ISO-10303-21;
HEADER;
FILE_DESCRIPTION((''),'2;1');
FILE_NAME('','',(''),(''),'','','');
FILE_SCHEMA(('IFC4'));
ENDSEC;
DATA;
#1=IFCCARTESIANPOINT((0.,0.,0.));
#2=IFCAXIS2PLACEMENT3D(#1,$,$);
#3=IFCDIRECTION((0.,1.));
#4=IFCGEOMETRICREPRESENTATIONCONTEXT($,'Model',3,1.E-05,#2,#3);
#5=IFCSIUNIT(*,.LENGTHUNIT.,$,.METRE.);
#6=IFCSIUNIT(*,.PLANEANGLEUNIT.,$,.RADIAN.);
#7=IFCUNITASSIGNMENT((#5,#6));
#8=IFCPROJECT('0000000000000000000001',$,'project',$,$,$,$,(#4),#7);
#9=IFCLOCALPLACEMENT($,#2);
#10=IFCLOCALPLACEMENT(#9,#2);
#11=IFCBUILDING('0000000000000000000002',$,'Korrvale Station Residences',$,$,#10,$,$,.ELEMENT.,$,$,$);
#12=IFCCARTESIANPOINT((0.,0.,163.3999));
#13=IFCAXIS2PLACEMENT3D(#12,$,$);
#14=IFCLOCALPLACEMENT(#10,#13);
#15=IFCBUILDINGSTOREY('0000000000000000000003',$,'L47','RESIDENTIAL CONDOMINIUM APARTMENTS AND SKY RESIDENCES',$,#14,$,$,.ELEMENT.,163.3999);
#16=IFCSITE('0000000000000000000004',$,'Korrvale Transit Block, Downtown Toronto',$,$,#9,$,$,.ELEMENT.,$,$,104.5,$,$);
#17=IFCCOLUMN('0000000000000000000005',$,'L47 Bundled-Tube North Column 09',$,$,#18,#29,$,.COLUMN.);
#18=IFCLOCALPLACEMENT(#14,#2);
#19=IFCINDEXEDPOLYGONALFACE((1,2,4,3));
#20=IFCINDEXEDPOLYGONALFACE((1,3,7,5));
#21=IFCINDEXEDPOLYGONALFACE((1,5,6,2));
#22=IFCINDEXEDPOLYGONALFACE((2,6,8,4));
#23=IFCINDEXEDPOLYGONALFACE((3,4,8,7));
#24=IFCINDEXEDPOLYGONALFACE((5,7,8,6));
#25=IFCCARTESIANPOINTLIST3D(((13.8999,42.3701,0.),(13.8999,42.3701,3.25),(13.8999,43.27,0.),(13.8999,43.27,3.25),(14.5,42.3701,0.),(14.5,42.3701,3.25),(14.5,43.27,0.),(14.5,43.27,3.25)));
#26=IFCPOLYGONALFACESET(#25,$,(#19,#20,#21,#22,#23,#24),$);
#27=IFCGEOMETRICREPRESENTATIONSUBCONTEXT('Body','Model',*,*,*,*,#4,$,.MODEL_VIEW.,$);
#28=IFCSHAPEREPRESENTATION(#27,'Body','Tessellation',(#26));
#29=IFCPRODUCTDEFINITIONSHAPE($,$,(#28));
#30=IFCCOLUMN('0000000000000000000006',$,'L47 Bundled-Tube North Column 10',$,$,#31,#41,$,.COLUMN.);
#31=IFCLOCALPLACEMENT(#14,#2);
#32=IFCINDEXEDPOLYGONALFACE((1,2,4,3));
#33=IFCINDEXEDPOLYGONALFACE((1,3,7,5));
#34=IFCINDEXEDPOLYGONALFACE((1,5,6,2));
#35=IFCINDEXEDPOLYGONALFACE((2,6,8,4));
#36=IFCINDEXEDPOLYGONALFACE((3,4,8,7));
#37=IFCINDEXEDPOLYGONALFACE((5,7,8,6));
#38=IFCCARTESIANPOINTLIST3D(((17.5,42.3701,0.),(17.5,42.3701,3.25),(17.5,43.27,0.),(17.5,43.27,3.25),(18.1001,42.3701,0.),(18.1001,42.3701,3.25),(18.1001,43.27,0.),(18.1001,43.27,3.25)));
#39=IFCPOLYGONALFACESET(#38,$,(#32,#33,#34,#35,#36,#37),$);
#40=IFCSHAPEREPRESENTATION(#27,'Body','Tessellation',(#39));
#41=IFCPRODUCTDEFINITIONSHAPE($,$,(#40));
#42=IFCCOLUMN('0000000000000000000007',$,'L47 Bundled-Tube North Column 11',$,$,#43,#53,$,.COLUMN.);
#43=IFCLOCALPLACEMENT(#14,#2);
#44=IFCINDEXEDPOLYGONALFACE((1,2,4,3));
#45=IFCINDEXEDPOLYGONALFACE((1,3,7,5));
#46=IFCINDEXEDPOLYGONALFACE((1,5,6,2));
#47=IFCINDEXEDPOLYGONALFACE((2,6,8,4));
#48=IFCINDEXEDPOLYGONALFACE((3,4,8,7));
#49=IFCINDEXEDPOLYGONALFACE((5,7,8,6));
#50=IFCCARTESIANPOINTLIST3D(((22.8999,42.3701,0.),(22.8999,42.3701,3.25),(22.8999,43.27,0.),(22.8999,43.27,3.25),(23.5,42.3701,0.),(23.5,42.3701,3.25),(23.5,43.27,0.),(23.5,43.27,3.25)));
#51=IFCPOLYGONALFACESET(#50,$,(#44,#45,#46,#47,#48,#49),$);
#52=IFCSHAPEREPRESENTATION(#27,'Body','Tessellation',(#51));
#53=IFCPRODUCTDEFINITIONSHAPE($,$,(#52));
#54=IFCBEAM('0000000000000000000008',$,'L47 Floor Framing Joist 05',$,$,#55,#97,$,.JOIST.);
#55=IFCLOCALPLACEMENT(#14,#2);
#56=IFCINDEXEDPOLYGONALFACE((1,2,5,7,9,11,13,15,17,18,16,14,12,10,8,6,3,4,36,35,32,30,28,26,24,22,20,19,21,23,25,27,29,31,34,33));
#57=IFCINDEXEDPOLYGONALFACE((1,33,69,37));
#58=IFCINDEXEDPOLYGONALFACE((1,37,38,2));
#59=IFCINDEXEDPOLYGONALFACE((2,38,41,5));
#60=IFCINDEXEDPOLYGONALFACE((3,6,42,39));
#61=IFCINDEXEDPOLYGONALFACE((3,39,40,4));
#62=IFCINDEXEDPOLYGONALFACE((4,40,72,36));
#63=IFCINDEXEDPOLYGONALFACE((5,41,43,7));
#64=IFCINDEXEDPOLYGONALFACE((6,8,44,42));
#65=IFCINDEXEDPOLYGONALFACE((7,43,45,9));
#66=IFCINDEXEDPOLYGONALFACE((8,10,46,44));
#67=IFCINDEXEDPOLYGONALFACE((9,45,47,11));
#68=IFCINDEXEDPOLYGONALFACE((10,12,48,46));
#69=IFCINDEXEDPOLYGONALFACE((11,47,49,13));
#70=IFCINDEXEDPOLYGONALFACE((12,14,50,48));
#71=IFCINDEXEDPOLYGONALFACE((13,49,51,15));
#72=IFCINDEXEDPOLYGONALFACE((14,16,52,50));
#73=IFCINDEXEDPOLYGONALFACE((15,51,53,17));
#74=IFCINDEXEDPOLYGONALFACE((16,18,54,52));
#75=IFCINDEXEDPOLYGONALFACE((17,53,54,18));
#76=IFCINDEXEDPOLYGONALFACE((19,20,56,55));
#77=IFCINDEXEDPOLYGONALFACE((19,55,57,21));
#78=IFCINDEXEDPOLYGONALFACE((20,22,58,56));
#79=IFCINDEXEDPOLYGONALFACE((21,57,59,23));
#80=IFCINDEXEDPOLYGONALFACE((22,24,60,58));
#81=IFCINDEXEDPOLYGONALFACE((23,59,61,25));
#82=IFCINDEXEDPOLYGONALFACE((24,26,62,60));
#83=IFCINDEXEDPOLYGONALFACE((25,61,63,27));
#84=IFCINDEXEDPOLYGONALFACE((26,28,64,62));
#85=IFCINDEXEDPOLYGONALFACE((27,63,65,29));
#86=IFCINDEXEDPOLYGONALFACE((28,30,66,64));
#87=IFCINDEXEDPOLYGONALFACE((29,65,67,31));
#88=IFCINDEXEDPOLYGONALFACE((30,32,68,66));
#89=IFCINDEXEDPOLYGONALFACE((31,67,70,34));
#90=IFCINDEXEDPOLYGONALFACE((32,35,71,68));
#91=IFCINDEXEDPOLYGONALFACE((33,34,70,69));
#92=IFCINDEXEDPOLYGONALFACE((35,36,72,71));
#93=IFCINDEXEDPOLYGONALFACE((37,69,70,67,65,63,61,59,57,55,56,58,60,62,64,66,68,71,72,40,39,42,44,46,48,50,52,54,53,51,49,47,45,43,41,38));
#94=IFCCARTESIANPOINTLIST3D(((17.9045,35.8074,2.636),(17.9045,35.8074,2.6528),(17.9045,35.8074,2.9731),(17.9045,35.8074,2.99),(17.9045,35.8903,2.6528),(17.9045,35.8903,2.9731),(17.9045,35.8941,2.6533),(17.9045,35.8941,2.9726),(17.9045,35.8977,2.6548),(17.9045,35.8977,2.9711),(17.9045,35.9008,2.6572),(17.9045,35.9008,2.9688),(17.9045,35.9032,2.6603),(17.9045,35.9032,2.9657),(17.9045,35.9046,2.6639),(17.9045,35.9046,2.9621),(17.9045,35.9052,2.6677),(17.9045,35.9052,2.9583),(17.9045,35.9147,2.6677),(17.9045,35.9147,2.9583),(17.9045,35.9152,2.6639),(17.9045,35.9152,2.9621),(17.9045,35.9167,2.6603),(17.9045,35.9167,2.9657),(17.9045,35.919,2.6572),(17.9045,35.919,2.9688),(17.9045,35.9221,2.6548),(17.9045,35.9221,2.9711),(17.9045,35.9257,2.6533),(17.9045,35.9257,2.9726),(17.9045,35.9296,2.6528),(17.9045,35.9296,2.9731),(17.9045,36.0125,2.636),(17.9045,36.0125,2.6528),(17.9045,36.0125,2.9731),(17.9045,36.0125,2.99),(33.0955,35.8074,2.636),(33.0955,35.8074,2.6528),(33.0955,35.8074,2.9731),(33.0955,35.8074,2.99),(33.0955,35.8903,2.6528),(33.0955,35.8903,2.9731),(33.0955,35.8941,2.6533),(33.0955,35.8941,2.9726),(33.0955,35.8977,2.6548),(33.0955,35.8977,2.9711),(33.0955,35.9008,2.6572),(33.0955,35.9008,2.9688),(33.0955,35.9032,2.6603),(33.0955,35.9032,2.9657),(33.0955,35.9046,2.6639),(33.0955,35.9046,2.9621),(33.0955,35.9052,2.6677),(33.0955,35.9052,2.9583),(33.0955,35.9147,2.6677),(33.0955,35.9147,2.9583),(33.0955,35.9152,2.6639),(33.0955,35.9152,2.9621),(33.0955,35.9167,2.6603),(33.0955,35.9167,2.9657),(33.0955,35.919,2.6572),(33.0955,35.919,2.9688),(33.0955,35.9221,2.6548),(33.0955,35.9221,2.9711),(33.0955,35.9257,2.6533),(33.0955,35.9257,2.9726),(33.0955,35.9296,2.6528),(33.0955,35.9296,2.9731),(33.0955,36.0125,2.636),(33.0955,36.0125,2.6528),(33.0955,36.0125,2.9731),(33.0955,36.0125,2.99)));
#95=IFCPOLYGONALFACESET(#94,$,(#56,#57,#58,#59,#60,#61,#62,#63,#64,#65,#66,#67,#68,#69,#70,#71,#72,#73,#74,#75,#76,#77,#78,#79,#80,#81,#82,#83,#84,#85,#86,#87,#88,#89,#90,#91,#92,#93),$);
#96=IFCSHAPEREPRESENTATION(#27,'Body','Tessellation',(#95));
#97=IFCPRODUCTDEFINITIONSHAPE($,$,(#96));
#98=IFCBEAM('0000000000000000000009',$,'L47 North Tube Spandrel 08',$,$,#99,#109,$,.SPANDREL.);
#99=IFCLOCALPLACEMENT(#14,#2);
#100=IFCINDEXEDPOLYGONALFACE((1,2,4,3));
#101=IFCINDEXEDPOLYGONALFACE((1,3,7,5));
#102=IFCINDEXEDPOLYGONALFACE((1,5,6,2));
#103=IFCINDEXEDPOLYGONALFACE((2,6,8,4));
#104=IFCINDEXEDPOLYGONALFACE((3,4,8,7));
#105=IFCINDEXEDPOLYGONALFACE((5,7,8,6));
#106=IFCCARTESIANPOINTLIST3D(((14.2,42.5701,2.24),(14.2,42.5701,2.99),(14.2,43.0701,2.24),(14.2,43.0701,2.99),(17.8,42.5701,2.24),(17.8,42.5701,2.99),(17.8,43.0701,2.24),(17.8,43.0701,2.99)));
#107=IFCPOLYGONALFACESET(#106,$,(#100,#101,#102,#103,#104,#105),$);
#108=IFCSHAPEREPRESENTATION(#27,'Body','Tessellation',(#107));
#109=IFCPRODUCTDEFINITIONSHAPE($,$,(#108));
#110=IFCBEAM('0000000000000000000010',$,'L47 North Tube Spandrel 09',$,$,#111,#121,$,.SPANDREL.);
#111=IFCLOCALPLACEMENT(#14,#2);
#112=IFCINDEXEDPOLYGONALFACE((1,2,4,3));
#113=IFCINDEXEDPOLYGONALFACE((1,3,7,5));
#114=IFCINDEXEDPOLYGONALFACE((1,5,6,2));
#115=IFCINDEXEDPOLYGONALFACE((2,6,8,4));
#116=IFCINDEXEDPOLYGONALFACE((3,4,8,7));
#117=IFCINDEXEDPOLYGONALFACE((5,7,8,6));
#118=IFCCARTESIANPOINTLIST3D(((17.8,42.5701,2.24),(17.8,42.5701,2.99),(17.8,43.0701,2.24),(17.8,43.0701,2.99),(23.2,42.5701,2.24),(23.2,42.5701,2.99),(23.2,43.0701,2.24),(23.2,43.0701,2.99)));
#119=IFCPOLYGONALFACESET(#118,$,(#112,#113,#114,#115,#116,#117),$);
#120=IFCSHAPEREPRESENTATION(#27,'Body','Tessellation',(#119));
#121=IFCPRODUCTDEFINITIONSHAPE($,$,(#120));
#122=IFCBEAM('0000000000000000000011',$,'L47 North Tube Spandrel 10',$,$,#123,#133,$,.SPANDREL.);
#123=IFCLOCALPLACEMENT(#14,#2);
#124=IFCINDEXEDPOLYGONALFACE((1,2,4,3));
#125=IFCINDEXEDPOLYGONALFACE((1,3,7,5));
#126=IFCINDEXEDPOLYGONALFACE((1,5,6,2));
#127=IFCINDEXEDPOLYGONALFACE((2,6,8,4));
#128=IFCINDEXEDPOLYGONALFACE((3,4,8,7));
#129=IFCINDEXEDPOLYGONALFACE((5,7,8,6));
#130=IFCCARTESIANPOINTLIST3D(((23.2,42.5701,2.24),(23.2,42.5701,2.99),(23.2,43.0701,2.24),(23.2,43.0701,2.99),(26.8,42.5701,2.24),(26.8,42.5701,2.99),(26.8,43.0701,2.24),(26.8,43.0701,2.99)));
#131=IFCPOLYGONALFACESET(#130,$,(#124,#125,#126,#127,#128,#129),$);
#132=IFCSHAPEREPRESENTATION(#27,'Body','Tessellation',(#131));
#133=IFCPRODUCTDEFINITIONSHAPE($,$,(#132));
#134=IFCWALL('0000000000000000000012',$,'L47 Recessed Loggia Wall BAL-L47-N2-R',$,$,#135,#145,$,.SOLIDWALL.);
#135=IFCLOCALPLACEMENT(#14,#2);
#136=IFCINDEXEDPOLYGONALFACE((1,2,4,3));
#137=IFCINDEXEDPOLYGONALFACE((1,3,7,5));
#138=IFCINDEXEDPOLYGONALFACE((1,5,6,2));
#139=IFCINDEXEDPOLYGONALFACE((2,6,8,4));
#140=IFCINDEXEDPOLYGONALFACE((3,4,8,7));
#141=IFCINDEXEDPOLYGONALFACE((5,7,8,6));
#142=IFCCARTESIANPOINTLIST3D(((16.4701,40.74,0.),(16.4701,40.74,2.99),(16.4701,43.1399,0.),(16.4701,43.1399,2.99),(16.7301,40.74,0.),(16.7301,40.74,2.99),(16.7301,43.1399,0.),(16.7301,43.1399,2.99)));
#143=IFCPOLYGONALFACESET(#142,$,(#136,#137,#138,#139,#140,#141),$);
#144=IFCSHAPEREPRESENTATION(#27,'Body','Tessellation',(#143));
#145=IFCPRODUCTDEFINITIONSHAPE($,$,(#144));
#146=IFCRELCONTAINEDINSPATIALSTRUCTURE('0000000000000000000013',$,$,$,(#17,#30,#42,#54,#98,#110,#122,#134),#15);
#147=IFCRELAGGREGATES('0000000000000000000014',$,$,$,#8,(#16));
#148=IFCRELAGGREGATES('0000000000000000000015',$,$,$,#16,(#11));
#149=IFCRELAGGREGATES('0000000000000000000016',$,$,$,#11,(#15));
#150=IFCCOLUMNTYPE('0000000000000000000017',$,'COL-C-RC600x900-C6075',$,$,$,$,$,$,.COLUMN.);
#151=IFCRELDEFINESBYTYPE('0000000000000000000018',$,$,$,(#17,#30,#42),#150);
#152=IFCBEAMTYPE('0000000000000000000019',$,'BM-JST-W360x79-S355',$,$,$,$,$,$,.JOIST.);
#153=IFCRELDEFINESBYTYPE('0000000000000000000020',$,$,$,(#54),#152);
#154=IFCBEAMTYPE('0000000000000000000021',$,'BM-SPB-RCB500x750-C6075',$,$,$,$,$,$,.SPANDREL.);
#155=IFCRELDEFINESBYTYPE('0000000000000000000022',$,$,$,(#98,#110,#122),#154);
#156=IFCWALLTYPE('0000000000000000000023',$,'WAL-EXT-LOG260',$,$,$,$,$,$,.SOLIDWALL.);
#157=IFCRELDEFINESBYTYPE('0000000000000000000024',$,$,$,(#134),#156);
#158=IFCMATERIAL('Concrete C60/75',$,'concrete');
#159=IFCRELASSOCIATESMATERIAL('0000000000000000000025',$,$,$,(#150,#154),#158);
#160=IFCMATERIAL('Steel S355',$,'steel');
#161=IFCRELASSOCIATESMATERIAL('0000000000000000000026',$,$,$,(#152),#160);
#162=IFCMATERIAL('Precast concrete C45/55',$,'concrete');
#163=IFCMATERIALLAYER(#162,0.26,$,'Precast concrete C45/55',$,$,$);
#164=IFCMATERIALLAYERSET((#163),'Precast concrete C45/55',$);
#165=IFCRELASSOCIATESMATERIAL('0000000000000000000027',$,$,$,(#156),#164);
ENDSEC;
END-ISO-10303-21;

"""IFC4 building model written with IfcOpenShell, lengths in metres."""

from ifc_helpers import new_model, si_unit, direction, frame, frame_2d, origin, origin_2d, place, context, subcontext, project, spatial, rectangle, i_section, extrude, material, layer, layer_set, material_profile, profile_set, type_object, element, save


model = new_model("IFC4")

# Units and contexts
model_context = context("Model", 3, precision=1e-05, world=origin(), true_north=direction((0.0, 1.0)))
body_context = subcontext(model_context, "Body", "Model", "MODEL_VIEW")
ifc_project = project(units=[si_unit("LENGTHUNIT", "METRE"), si_unit("PLANEANGLEUNIT", "RADIAN")], contexts=[model_context])

# Site, building, storey
site_placement = place(None, origin())
site = spatial("IfcSite", under=ifc_project, at=site_placement, Name="Korrvale Transit Block, Downtown Toronto", CompositionType="ELEMENT", RefElevation=104.5)
building_placement = place(site_placement, origin())
building = spatial("IfcBuilding", under=site, at=building_placement, Name="Korrvale Station Residences", CompositionType="ELEMENT")
storey_placement = place(building_placement, frame((0.0, 0.0, 163.3999)))
storey = spatial("IfcBuildingStorey", under=building, at=storey_placement, Name="L47", Description="RESIDENTIAL CONDOMINIUM APARTMENTS AND SKY RESIDENCES", CompositionType="ELEMENT", Elevation=163.3999)

# Columns
ifc_material_1 = material(Name="Concrete C60/75", Category="concrete")
ifc_material_profile_1 = material_profile(ifc_material_1, rectangle(XDim=0.6001, YDim=0.8999, at=origin_2d()), Name="RC600x900")
ifc_profile_set_1 = profile_set([ifc_material_profile_1], Name="Concrete C60/75")
column_type = type_object("IfcColumnType", Name="COL-C-RC600x900-C6075", PredefinedType="COLUMN", material=ifc_profile_set_1)
for number, where, z_axis, x_axis, name in (
    (1, (14.2, 42.8201, 0.0), (0.0, 0.0, 1.0), (1.0, 0.0, 0.0), "L47 Bundled-Tube North Column 09"),
    (2, (17.8, 42.8201, 0.0), (0.0, 0.0, 1.0), (1.0, 0.0, 0.0), "L47 Bundled-Tube North Column 10"),
    (3, (23.2, 42.8201, 0.0), (0.0, 0.0, 1.0), (1.0, 0.0, 0.0), "L47 Bundled-Tube North Column 11"),
):
    element("IfcColumn", number, at=place(storey_placement, frame(where, z_axis=z_axis, x_axis=x_axis)), inside=storey, type_object=column_type, Name=name, PredefinedType="COLUMN", context=body_context, shape_type="SweptSolid", body=[
        extrude(rectangle(XDim=0.6001, YDim=0.8999, at=origin_2d()), origin(), (0.0, 0.0, 1.0), 3.25),
    ])

# Beams
ifc_material_2 = material(Name="Steel S355", Category="steel")
ifc_material_profile_2 = material_profile(ifc_material_2, i_section(OverallWidth=0.2051, OverallDepth=0.354, WebThickness=0.0095, FlangeThickness=0.0168, FilletRadius=0.0149, at=origin_2d()), Name="W360x79")
ifc_profile_set_2 = profile_set([ifc_material_profile_2], Name="Steel S355")
beam_type_1 = type_object("IfcBeamType", Name="BM-JST-W360x79-S355", PredefinedType="JOIST", material=ifc_profile_set_2)
beam_1_placement = place(storey_placement, frame((17.9045, 35.9099, 2.813), z_axis=(1.0, 0.0, 0.0), x_axis=(0.0, 1.0, 0.0)))
element("IfcBeam", 4, at=beam_1_placement, inside=storey, type_object=beam_type_1, Name="L47 Floor Framing Joist 05", PredefinedType="JOIST", context=body_context, shape_type="SweptSolid", body=[
    extrude(i_section(OverallWidth=0.2051, OverallDepth=0.354, WebThickness=0.0095, FlangeThickness=0.0168, FilletRadius=0.0149, at=origin_2d()), origin(), (0.0, 0.0, 1.0), 15.1909),
])
ifc_material_profile_3 = material_profile(ifc_material_1, rectangle(XDim=0.5, YDim=0.75, at=origin_2d()), Name="RCB500x750")
ifc_profile_set_3 = profile_set([ifc_material_profile_3], Name="Concrete C60/75")
beam_type_2 = type_object("IfcBeamType", Name="BM-SPB-RCB500x750-C6075", PredefinedType="SPANDREL", material=ifc_profile_set_3)
beam_2_placement = place(storey_placement, frame((14.2, 42.8201, 2.615), z_axis=(1.0, 0.0, 0.0), x_axis=(0.0, 1.0, 0.0)))
element("IfcBeam", 5, at=beam_2_placement, inside=storey, type_object=beam_type_2, Name="L47 North Tube Spandrel 08", PredefinedType="SPANDREL", context=body_context, shape_type="SweptSolid", body=[
    extrude(rectangle(XDim=0.5, YDim=0.75, at=origin_2d()), origin(), (0.0, 0.0, 1.0), 3.6001),
])
beam_3_placement = place(storey_placement, frame((17.8, 42.8201, 2.615), z_axis=(1.0, 0.0, 0.0), x_axis=(0.0, 1.0, 0.0)))
element("IfcBeam", 6, at=beam_3_placement, inside=storey, type_object=beam_type_2, Name="L47 North Tube Spandrel 09", PredefinedType="SPANDREL", context=body_context, shape_type="SweptSolid", body=[
    extrude(rectangle(XDim=0.5, YDim=0.75, at=origin_2d()), origin(), (0.0, 0.0, 1.0), 5.3999),
])
beam_4_placement = place(storey_placement, frame((23.2, 42.8201, 2.615), z_axis=(1.0, 0.0, 0.0), x_axis=(0.0, 1.0, 0.0)))
element("IfcBeam", 7, at=beam_4_placement, inside=storey, type_object=beam_type_2, Name="L47 North Tube Spandrel 10", PredefinedType="SPANDREL", context=body_context, shape_type="SweptSolid", body=[
    extrude(rectangle(XDim=0.5, YDim=0.75, at=origin_2d()), origin(), (0.0, 0.0, 1.0), 3.6001),
])

# Wall
ifc_material_3 = material(Name="Precast concrete C45/55", Category="concrete")
ifc_layer_1 = layer(ifc_material_3, 0.26, Name="Precast concrete C45/55")
ifc_layer_set_1 = layer_set([ifc_layer_1], Name="Precast concrete C45/55")
wall_type_1 = type_object("IfcWallType", Name="WAL-EXT-LOG260", PredefinedType="SOLIDWALL", material=ifc_layer_set_1)
wall_1_placement = place(storey_placement, frame((16.6001, 40.74, 0.0), z_axis=(0.0, 0.0, 1.0), x_axis=(0.0, 1.0, 0.0)))
element("IfcWall", 8, at=wall_1_placement, inside=storey, type_object=wall_type_1, Name="L47 Recessed Loggia Wall BAL-L47-N2-R", PredefinedType="SOLIDWALL", context=body_context, shape_type="SweptSolid", body=[
    extrude(rectangle(XDim=2.3999, YDim=0.26, at=frame_2d((1.2, 0.0))), origin(), (0.0, 0.0, 1.0), 2.99),
])

save(model, "model.ifc")
